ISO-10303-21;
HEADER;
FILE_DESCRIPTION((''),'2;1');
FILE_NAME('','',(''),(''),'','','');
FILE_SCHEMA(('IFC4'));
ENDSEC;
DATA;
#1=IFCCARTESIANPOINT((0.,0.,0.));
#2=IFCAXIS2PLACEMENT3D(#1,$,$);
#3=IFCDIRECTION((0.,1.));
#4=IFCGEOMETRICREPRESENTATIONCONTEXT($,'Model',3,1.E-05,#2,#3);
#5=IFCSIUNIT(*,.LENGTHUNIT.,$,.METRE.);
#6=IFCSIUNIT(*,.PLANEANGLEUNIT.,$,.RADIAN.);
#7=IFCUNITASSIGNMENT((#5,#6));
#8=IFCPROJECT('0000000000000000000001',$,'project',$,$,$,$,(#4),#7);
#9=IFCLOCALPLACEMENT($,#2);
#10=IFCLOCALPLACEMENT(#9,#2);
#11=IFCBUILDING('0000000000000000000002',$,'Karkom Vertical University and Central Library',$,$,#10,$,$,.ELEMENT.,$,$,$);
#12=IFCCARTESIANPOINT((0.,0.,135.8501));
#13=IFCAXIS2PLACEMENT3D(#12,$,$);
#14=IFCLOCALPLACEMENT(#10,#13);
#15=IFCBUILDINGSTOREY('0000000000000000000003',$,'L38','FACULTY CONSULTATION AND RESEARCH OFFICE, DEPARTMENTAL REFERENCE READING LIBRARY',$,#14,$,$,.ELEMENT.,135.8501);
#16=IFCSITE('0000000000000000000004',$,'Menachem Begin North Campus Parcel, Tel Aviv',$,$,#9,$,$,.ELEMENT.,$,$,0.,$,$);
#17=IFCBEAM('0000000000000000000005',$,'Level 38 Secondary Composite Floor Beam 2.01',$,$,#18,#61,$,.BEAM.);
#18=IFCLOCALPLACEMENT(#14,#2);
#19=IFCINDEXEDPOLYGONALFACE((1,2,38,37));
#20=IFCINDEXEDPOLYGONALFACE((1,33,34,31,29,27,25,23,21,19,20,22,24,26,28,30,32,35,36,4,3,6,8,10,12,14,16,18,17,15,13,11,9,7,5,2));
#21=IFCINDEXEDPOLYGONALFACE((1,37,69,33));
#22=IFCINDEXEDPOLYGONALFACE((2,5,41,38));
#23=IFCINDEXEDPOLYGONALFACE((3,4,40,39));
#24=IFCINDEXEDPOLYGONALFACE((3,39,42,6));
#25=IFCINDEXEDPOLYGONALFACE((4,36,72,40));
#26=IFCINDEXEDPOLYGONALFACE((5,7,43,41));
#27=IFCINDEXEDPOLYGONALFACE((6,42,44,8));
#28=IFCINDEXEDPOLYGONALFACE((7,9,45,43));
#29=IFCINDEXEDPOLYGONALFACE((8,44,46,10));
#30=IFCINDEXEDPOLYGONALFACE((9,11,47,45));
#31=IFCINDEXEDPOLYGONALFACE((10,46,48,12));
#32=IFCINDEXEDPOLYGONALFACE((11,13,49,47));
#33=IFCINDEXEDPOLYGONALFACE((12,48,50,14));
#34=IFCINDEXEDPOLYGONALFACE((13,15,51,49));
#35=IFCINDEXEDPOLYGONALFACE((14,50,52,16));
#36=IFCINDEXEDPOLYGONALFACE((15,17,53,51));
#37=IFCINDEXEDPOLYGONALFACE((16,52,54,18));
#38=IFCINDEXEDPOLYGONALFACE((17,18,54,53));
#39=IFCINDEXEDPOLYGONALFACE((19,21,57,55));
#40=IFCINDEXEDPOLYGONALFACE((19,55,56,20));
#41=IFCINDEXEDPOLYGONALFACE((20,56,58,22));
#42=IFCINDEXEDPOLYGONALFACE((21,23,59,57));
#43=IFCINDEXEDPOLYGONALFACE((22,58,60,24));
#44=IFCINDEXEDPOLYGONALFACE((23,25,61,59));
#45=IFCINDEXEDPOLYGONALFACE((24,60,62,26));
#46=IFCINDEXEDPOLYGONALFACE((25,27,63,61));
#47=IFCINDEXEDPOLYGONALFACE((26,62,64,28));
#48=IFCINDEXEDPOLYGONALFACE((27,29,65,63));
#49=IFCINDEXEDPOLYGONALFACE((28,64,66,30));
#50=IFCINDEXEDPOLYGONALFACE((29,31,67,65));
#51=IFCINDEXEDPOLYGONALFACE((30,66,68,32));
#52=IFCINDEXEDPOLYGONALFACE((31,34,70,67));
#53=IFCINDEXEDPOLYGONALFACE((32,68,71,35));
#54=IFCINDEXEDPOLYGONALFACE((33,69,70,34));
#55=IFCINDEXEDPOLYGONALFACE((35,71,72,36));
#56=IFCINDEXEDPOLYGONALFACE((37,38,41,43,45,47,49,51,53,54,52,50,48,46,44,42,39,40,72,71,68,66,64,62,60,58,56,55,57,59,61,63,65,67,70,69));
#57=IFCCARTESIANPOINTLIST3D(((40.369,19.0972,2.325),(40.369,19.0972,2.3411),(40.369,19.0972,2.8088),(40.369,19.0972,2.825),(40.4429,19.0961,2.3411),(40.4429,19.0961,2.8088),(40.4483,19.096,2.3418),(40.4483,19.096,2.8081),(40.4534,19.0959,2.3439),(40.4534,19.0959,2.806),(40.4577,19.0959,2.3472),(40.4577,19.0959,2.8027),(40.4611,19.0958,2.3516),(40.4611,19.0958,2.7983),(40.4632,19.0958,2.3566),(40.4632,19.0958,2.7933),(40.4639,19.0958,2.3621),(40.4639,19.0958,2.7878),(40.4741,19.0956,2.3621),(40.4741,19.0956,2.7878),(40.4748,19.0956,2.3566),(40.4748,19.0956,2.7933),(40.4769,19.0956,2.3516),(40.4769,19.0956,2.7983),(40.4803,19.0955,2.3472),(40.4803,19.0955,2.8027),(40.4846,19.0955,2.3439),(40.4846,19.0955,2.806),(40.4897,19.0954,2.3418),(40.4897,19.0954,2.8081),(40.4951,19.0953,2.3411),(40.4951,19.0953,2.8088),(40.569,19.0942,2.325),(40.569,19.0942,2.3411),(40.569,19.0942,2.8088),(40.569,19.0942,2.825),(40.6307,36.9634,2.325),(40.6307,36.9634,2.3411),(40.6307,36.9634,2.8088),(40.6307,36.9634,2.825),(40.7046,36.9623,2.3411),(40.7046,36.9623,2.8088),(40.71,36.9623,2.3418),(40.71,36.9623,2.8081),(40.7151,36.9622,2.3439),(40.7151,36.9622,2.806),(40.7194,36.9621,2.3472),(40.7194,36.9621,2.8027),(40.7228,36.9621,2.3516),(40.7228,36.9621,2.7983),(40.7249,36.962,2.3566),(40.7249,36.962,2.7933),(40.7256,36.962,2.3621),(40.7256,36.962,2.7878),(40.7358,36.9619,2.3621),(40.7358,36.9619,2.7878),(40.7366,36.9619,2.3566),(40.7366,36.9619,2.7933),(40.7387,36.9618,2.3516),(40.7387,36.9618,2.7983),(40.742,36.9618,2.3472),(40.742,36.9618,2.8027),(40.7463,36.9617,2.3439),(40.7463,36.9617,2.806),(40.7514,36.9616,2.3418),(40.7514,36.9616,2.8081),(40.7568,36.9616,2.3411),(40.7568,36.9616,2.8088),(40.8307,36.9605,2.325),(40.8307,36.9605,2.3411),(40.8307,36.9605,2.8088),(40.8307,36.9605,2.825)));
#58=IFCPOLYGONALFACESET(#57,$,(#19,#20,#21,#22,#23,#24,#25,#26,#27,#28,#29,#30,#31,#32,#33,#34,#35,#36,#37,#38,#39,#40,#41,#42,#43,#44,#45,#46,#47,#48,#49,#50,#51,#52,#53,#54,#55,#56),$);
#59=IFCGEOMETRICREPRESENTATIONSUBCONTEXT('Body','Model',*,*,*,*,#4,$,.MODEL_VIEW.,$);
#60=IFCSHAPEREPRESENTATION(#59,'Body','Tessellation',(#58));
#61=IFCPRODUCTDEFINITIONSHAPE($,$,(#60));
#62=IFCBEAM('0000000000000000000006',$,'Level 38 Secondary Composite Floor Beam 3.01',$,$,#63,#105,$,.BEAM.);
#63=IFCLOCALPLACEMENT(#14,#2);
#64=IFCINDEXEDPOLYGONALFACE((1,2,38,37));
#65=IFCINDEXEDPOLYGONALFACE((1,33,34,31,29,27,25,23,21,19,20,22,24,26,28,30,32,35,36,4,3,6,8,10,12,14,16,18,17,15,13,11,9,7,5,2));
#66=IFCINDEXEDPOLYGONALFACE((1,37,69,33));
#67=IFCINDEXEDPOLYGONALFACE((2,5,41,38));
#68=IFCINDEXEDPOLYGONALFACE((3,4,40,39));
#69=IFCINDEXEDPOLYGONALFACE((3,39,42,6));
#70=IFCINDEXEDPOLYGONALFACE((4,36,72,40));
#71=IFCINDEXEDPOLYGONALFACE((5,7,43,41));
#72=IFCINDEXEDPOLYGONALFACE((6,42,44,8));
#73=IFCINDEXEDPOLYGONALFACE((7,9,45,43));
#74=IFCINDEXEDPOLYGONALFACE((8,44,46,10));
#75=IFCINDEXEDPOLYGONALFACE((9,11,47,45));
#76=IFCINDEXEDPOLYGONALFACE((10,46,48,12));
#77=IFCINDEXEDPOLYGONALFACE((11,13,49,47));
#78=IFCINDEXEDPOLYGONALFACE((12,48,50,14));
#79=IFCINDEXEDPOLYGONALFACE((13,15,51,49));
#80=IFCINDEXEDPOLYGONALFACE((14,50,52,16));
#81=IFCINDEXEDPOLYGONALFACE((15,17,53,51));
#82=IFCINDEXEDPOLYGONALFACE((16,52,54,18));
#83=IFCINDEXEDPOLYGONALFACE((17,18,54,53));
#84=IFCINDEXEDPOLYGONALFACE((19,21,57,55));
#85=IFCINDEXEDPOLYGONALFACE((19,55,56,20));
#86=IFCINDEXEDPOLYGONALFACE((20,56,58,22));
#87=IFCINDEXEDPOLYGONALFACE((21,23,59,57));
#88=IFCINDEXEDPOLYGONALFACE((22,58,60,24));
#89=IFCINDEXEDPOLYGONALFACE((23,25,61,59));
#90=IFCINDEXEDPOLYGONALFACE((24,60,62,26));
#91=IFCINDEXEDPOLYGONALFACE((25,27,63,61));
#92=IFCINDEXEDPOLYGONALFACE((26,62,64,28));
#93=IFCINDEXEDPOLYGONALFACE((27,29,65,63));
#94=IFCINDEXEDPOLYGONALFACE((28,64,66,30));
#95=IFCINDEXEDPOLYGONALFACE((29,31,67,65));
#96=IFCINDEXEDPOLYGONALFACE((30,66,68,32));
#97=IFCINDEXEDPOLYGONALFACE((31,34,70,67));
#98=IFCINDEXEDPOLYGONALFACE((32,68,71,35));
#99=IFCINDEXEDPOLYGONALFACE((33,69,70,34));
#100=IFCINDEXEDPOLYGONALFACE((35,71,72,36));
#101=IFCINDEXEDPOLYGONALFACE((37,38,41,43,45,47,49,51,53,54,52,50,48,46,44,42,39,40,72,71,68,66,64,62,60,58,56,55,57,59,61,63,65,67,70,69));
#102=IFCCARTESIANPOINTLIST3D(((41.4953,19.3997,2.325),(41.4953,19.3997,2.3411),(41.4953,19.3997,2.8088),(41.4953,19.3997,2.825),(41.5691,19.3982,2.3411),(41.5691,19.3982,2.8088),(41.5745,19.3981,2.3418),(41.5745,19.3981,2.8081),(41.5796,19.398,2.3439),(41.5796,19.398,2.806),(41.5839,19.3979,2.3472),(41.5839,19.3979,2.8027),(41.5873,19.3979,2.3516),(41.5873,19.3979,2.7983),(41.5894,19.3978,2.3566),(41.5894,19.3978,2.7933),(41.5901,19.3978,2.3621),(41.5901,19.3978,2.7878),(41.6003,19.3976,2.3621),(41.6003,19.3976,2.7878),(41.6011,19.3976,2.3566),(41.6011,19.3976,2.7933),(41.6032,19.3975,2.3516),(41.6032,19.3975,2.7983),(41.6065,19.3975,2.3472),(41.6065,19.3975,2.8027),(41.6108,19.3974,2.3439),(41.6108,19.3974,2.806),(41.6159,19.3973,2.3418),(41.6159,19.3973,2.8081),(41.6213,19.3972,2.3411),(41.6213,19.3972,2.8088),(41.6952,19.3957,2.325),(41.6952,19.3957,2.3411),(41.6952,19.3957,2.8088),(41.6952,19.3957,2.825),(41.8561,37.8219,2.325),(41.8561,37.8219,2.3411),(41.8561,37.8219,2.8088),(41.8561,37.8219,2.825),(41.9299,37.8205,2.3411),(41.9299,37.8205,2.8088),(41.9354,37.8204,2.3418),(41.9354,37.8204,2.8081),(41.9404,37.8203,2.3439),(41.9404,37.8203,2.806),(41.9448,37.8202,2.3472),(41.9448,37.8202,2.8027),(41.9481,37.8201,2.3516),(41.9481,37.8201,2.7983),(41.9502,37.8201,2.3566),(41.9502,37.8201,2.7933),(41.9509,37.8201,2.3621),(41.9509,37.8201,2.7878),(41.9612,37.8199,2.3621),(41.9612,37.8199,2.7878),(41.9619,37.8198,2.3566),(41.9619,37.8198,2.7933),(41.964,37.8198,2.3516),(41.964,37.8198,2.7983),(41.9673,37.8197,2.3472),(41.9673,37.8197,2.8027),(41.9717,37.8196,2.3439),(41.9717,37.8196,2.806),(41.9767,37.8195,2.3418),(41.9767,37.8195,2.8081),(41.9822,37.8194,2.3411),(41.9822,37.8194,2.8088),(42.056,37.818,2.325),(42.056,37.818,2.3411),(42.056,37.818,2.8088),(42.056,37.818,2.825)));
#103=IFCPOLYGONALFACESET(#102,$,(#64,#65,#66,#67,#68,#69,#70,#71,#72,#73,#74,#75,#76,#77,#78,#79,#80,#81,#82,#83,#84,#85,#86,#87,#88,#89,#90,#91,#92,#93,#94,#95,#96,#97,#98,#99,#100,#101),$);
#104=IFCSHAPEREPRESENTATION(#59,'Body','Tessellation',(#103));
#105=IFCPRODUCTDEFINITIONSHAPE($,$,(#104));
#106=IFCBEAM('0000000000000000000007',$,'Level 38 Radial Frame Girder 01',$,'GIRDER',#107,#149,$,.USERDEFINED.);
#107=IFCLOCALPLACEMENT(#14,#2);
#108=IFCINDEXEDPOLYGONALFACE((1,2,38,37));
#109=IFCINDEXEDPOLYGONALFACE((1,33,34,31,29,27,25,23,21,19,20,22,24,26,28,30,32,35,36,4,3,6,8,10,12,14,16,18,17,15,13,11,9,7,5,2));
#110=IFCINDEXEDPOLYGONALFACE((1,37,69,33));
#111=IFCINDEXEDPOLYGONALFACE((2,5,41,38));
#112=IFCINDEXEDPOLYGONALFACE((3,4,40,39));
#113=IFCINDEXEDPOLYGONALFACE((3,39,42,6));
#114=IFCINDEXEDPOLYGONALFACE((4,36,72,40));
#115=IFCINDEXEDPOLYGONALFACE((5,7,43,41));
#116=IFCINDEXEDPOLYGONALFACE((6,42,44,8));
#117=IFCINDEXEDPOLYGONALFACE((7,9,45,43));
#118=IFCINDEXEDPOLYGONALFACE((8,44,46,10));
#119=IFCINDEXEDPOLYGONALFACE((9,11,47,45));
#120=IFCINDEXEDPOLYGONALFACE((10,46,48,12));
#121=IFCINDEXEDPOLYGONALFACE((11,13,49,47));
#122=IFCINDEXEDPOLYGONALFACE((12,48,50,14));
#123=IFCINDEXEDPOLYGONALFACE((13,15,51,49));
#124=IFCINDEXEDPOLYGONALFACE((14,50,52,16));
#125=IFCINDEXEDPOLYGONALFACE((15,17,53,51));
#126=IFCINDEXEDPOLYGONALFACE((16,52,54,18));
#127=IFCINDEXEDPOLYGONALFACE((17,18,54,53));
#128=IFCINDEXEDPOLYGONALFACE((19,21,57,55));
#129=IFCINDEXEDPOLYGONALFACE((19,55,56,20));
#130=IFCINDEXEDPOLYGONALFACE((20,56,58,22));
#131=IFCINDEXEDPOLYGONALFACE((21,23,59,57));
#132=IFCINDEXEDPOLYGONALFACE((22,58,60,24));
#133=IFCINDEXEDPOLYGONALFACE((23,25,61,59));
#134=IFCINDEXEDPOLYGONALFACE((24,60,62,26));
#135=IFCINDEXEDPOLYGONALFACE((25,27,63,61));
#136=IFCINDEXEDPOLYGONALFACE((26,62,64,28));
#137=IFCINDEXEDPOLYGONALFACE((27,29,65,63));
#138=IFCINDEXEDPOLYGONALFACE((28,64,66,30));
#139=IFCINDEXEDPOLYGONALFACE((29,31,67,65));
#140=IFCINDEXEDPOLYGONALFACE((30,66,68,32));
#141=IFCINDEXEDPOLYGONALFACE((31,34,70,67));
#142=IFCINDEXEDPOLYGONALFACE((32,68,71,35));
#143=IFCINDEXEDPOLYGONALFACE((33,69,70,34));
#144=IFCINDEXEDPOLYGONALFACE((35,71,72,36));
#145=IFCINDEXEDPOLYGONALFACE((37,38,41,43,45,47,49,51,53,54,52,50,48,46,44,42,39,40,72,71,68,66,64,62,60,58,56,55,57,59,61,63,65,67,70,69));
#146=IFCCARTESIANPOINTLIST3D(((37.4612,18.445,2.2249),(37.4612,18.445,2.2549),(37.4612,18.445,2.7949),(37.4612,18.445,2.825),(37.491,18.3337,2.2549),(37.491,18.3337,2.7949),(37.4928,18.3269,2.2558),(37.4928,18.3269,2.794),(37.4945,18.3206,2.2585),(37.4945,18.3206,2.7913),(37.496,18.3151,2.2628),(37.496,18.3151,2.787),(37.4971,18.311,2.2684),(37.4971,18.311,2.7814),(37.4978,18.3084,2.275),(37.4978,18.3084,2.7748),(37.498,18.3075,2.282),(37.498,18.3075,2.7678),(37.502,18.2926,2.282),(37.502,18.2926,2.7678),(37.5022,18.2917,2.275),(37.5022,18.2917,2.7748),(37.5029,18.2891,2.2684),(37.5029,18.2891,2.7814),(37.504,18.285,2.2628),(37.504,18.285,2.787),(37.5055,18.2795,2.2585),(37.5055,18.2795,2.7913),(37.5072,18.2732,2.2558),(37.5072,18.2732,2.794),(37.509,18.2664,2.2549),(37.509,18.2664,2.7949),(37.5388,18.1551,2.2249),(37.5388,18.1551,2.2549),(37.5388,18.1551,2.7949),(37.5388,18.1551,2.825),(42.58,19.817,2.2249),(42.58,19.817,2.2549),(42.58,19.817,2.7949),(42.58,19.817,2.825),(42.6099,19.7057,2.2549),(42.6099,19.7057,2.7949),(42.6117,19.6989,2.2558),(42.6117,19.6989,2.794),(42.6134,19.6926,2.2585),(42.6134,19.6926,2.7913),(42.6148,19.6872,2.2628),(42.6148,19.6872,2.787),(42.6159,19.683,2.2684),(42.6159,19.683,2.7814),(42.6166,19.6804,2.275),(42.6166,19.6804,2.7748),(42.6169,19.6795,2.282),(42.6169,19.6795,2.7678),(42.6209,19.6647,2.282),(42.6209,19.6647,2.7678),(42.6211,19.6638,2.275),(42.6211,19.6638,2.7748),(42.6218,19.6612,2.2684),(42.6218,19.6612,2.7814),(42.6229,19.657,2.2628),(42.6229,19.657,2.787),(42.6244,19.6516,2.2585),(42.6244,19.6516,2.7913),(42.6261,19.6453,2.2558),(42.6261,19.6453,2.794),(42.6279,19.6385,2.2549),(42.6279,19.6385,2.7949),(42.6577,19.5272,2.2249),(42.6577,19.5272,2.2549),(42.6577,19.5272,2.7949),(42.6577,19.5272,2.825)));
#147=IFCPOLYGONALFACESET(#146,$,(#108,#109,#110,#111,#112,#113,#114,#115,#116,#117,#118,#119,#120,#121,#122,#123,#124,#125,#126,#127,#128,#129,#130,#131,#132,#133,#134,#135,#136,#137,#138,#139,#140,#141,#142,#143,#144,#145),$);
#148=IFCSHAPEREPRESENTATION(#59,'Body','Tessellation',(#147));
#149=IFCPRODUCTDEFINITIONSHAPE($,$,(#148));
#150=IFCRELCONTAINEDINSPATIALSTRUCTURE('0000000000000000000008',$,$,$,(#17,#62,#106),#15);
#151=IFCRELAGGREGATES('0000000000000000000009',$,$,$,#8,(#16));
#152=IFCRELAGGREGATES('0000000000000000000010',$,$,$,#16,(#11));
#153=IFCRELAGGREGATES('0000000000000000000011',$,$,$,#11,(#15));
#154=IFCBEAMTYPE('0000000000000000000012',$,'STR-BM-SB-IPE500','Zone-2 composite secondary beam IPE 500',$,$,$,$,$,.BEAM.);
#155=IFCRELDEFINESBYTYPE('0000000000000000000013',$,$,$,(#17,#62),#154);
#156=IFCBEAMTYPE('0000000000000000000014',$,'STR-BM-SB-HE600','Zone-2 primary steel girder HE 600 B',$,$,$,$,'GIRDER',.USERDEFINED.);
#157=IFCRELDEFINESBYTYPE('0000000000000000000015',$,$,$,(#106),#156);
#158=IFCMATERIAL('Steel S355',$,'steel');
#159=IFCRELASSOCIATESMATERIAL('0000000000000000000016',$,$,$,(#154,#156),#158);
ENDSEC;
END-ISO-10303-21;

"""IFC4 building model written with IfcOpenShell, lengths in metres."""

from ifc_helpers import new_model, si_unit, direction, frame, origin, origin_with_axes, origin_2d, place, context, subcontext, project, spatial, i_section, extrude, source, transform, mapped, material, material_profile, profile_set, type_object, element, save


model = new_model("IFC4")

# Units and contexts
model_context = context("Model", 3, precision=1e-05, world=origin(), true_north=direction((0.0, 1.0)))
body_context = subcontext(model_context, "Body", "Model", "MODEL_VIEW")
ifc_project = project(units=[si_unit("LENGTHUNIT", "METRE"), si_unit("PLANEANGLEUNIT", "RADIAN")], contexts=[model_context])

# Site, building, storey
site_placement = place(None, origin())
site = spatial("IfcSite", under=ifc_project, at=site_placement, Name="Menachem Begin North Campus Parcel, Tel Aviv", CompositionType="ELEMENT", RefElevation=0.0)
building_placement = place(site_placement, origin())
building = spatial("IfcBuilding", under=site, at=building_placement, Name="Karkom Vertical University and Central Library", CompositionType="ELEMENT")
storey_placement = place(building_placement, frame((0.0, 0.0, 135.8501)))
storey = spatial("IfcBuildingStorey", under=building, at=storey_placement, Name="L38", Description="FACULTY CONSULTATION AND RESEARCH OFFICE, DEPARTMENTAL REFERENCE READING LIBRARY", CompositionType="ELEMENT", Elevation=135.8501)

# Beams
ifc_material_1 = material(Name="Steel S355", Category="steel")
ifc_material_profile_1 = material_profile(ifc_material_1, i_section(OverallWidth=0.2, OverallDepth=0.5, WebThickness=0.0103, FlangeThickness=0.0161, FilletRadius=0.021, at=origin_2d()), Name="IPE 500")
ifc_profile_set_1 = profile_set([ifc_material_profile_1], Name="Steel S355")
beam_type_1 = type_object("IfcBeamType", Name="STR-BM-SB-IPE500", Description="Zone-2 composite secondary beam IPE 500", PredefinedType="BEAM", material=ifc_profile_set_1)
shared_shape_1 = source(origin_with_axes(), body_context, "Body", "SweptSolid", [
    extrude(i_section(OverallWidth=0.2, OverallDepth=0.5, WebThickness=0.0103, FlangeThickness=0.0161, FilletRadius=0.021, at=origin_2d()), origin(), (0.0, 0.0, 1.0), 17.8682),
])
beam_1_placement = place(storey_placement, frame((40.469, 19.0957, 2.575), z_axis=(0.014647, 0.999893, 0.0), x_axis=(-0.999893, 0.014647, 0.0)))
element("IfcBeam", 1, at=beam_1_placement, inside=storey, type_object=beam_type_1, Name="Level 38 Secondary Composite Floor Beam 2.01", PredefinedType="BEAM", context=body_context, shape_type="MappedRepresentation", body=[
    mapped(shared_shape_1, transform((0.0, 0.0, 0.0), scale=1.0)),
])
shared_shape_2 = source(origin_with_axes(), body_context, "Body", "SweptSolid", [
    extrude(i_section(OverallWidth=0.2, OverallDepth=0.5, WebThickness=0.0103, FlangeThickness=0.0161, FilletRadius=0.021, at=origin_2d()), origin(), (0.0, 0.0, 1.0), 18.4258),
])
beam_2_placement = place(storey_placement, frame((41.5952, 19.3977, 2.575), z_axis=(0.019583, 0.999808, 0.0), x_axis=(-0.999808, 0.019583, 0.0)))
element("IfcBeam", 2, at=beam_2_placement, inside=storey, type_object=beam_type_1, Name="Level 38 Secondary Composite Floor Beam 3.01", PredefinedType="BEAM", context=body_context, shape_type="MappedRepresentation", body=[
    mapped(shared_shape_2, transform((0.0, 0.0, 0.0), scale=1.0)),
])
ifc_material_profile_2 = material_profile(ifc_material_1, i_section(OverallWidth=0.3, OverallDepth=0.6001, WebThickness=0.0154, FlangeThickness=0.03, FilletRadius=0.0271, at=origin_2d()), Name="HE 600 B")
ifc_profile_set_2 = profile_set([ifc_material_profile_2], Name="Steel S355")
beam_type_2 = type_object("IfcBeamType", Name="STR-BM-SB-HE600", Description="Zone-2 primary steel girder HE 600 B", ElementType="GIRDER", PredefinedType="USERDEFINED", material=ifc_profile_set_2)
shared_shape_3 = source(origin_with_axes(), body_context, "Body", "SweptSolid", [
    extrude(i_section(OverallWidth=0.3, OverallDepth=0.6001, WebThickness=0.0154, FlangeThickness=0.03, FilletRadius=0.0271, at=origin_2d()), origin(), (0.0, 0.0, 1.0), 5.2996),
])
beam_3_placement = place(storey_placement, frame((37.5, 18.3, 2.5249), z_axis=(0.965904, 0.258901, 0.0), x_axis=(-0.258901, 0.965904, 0.0)))
element("IfcBeam", 3, at=beam_3_placement, inside=storey, type_object=beam_type_2, Name="Level 38 Radial Frame Girder 01", ObjectType="GIRDER", PredefinedType="USERDEFINED", context=body_context, shape_type="MappedRepresentation", body=[
    mapped(shared_shape_3, transform((0.0, 0.0, 0.0), scale=1.0)),
])

save(model, "model.ifc")
